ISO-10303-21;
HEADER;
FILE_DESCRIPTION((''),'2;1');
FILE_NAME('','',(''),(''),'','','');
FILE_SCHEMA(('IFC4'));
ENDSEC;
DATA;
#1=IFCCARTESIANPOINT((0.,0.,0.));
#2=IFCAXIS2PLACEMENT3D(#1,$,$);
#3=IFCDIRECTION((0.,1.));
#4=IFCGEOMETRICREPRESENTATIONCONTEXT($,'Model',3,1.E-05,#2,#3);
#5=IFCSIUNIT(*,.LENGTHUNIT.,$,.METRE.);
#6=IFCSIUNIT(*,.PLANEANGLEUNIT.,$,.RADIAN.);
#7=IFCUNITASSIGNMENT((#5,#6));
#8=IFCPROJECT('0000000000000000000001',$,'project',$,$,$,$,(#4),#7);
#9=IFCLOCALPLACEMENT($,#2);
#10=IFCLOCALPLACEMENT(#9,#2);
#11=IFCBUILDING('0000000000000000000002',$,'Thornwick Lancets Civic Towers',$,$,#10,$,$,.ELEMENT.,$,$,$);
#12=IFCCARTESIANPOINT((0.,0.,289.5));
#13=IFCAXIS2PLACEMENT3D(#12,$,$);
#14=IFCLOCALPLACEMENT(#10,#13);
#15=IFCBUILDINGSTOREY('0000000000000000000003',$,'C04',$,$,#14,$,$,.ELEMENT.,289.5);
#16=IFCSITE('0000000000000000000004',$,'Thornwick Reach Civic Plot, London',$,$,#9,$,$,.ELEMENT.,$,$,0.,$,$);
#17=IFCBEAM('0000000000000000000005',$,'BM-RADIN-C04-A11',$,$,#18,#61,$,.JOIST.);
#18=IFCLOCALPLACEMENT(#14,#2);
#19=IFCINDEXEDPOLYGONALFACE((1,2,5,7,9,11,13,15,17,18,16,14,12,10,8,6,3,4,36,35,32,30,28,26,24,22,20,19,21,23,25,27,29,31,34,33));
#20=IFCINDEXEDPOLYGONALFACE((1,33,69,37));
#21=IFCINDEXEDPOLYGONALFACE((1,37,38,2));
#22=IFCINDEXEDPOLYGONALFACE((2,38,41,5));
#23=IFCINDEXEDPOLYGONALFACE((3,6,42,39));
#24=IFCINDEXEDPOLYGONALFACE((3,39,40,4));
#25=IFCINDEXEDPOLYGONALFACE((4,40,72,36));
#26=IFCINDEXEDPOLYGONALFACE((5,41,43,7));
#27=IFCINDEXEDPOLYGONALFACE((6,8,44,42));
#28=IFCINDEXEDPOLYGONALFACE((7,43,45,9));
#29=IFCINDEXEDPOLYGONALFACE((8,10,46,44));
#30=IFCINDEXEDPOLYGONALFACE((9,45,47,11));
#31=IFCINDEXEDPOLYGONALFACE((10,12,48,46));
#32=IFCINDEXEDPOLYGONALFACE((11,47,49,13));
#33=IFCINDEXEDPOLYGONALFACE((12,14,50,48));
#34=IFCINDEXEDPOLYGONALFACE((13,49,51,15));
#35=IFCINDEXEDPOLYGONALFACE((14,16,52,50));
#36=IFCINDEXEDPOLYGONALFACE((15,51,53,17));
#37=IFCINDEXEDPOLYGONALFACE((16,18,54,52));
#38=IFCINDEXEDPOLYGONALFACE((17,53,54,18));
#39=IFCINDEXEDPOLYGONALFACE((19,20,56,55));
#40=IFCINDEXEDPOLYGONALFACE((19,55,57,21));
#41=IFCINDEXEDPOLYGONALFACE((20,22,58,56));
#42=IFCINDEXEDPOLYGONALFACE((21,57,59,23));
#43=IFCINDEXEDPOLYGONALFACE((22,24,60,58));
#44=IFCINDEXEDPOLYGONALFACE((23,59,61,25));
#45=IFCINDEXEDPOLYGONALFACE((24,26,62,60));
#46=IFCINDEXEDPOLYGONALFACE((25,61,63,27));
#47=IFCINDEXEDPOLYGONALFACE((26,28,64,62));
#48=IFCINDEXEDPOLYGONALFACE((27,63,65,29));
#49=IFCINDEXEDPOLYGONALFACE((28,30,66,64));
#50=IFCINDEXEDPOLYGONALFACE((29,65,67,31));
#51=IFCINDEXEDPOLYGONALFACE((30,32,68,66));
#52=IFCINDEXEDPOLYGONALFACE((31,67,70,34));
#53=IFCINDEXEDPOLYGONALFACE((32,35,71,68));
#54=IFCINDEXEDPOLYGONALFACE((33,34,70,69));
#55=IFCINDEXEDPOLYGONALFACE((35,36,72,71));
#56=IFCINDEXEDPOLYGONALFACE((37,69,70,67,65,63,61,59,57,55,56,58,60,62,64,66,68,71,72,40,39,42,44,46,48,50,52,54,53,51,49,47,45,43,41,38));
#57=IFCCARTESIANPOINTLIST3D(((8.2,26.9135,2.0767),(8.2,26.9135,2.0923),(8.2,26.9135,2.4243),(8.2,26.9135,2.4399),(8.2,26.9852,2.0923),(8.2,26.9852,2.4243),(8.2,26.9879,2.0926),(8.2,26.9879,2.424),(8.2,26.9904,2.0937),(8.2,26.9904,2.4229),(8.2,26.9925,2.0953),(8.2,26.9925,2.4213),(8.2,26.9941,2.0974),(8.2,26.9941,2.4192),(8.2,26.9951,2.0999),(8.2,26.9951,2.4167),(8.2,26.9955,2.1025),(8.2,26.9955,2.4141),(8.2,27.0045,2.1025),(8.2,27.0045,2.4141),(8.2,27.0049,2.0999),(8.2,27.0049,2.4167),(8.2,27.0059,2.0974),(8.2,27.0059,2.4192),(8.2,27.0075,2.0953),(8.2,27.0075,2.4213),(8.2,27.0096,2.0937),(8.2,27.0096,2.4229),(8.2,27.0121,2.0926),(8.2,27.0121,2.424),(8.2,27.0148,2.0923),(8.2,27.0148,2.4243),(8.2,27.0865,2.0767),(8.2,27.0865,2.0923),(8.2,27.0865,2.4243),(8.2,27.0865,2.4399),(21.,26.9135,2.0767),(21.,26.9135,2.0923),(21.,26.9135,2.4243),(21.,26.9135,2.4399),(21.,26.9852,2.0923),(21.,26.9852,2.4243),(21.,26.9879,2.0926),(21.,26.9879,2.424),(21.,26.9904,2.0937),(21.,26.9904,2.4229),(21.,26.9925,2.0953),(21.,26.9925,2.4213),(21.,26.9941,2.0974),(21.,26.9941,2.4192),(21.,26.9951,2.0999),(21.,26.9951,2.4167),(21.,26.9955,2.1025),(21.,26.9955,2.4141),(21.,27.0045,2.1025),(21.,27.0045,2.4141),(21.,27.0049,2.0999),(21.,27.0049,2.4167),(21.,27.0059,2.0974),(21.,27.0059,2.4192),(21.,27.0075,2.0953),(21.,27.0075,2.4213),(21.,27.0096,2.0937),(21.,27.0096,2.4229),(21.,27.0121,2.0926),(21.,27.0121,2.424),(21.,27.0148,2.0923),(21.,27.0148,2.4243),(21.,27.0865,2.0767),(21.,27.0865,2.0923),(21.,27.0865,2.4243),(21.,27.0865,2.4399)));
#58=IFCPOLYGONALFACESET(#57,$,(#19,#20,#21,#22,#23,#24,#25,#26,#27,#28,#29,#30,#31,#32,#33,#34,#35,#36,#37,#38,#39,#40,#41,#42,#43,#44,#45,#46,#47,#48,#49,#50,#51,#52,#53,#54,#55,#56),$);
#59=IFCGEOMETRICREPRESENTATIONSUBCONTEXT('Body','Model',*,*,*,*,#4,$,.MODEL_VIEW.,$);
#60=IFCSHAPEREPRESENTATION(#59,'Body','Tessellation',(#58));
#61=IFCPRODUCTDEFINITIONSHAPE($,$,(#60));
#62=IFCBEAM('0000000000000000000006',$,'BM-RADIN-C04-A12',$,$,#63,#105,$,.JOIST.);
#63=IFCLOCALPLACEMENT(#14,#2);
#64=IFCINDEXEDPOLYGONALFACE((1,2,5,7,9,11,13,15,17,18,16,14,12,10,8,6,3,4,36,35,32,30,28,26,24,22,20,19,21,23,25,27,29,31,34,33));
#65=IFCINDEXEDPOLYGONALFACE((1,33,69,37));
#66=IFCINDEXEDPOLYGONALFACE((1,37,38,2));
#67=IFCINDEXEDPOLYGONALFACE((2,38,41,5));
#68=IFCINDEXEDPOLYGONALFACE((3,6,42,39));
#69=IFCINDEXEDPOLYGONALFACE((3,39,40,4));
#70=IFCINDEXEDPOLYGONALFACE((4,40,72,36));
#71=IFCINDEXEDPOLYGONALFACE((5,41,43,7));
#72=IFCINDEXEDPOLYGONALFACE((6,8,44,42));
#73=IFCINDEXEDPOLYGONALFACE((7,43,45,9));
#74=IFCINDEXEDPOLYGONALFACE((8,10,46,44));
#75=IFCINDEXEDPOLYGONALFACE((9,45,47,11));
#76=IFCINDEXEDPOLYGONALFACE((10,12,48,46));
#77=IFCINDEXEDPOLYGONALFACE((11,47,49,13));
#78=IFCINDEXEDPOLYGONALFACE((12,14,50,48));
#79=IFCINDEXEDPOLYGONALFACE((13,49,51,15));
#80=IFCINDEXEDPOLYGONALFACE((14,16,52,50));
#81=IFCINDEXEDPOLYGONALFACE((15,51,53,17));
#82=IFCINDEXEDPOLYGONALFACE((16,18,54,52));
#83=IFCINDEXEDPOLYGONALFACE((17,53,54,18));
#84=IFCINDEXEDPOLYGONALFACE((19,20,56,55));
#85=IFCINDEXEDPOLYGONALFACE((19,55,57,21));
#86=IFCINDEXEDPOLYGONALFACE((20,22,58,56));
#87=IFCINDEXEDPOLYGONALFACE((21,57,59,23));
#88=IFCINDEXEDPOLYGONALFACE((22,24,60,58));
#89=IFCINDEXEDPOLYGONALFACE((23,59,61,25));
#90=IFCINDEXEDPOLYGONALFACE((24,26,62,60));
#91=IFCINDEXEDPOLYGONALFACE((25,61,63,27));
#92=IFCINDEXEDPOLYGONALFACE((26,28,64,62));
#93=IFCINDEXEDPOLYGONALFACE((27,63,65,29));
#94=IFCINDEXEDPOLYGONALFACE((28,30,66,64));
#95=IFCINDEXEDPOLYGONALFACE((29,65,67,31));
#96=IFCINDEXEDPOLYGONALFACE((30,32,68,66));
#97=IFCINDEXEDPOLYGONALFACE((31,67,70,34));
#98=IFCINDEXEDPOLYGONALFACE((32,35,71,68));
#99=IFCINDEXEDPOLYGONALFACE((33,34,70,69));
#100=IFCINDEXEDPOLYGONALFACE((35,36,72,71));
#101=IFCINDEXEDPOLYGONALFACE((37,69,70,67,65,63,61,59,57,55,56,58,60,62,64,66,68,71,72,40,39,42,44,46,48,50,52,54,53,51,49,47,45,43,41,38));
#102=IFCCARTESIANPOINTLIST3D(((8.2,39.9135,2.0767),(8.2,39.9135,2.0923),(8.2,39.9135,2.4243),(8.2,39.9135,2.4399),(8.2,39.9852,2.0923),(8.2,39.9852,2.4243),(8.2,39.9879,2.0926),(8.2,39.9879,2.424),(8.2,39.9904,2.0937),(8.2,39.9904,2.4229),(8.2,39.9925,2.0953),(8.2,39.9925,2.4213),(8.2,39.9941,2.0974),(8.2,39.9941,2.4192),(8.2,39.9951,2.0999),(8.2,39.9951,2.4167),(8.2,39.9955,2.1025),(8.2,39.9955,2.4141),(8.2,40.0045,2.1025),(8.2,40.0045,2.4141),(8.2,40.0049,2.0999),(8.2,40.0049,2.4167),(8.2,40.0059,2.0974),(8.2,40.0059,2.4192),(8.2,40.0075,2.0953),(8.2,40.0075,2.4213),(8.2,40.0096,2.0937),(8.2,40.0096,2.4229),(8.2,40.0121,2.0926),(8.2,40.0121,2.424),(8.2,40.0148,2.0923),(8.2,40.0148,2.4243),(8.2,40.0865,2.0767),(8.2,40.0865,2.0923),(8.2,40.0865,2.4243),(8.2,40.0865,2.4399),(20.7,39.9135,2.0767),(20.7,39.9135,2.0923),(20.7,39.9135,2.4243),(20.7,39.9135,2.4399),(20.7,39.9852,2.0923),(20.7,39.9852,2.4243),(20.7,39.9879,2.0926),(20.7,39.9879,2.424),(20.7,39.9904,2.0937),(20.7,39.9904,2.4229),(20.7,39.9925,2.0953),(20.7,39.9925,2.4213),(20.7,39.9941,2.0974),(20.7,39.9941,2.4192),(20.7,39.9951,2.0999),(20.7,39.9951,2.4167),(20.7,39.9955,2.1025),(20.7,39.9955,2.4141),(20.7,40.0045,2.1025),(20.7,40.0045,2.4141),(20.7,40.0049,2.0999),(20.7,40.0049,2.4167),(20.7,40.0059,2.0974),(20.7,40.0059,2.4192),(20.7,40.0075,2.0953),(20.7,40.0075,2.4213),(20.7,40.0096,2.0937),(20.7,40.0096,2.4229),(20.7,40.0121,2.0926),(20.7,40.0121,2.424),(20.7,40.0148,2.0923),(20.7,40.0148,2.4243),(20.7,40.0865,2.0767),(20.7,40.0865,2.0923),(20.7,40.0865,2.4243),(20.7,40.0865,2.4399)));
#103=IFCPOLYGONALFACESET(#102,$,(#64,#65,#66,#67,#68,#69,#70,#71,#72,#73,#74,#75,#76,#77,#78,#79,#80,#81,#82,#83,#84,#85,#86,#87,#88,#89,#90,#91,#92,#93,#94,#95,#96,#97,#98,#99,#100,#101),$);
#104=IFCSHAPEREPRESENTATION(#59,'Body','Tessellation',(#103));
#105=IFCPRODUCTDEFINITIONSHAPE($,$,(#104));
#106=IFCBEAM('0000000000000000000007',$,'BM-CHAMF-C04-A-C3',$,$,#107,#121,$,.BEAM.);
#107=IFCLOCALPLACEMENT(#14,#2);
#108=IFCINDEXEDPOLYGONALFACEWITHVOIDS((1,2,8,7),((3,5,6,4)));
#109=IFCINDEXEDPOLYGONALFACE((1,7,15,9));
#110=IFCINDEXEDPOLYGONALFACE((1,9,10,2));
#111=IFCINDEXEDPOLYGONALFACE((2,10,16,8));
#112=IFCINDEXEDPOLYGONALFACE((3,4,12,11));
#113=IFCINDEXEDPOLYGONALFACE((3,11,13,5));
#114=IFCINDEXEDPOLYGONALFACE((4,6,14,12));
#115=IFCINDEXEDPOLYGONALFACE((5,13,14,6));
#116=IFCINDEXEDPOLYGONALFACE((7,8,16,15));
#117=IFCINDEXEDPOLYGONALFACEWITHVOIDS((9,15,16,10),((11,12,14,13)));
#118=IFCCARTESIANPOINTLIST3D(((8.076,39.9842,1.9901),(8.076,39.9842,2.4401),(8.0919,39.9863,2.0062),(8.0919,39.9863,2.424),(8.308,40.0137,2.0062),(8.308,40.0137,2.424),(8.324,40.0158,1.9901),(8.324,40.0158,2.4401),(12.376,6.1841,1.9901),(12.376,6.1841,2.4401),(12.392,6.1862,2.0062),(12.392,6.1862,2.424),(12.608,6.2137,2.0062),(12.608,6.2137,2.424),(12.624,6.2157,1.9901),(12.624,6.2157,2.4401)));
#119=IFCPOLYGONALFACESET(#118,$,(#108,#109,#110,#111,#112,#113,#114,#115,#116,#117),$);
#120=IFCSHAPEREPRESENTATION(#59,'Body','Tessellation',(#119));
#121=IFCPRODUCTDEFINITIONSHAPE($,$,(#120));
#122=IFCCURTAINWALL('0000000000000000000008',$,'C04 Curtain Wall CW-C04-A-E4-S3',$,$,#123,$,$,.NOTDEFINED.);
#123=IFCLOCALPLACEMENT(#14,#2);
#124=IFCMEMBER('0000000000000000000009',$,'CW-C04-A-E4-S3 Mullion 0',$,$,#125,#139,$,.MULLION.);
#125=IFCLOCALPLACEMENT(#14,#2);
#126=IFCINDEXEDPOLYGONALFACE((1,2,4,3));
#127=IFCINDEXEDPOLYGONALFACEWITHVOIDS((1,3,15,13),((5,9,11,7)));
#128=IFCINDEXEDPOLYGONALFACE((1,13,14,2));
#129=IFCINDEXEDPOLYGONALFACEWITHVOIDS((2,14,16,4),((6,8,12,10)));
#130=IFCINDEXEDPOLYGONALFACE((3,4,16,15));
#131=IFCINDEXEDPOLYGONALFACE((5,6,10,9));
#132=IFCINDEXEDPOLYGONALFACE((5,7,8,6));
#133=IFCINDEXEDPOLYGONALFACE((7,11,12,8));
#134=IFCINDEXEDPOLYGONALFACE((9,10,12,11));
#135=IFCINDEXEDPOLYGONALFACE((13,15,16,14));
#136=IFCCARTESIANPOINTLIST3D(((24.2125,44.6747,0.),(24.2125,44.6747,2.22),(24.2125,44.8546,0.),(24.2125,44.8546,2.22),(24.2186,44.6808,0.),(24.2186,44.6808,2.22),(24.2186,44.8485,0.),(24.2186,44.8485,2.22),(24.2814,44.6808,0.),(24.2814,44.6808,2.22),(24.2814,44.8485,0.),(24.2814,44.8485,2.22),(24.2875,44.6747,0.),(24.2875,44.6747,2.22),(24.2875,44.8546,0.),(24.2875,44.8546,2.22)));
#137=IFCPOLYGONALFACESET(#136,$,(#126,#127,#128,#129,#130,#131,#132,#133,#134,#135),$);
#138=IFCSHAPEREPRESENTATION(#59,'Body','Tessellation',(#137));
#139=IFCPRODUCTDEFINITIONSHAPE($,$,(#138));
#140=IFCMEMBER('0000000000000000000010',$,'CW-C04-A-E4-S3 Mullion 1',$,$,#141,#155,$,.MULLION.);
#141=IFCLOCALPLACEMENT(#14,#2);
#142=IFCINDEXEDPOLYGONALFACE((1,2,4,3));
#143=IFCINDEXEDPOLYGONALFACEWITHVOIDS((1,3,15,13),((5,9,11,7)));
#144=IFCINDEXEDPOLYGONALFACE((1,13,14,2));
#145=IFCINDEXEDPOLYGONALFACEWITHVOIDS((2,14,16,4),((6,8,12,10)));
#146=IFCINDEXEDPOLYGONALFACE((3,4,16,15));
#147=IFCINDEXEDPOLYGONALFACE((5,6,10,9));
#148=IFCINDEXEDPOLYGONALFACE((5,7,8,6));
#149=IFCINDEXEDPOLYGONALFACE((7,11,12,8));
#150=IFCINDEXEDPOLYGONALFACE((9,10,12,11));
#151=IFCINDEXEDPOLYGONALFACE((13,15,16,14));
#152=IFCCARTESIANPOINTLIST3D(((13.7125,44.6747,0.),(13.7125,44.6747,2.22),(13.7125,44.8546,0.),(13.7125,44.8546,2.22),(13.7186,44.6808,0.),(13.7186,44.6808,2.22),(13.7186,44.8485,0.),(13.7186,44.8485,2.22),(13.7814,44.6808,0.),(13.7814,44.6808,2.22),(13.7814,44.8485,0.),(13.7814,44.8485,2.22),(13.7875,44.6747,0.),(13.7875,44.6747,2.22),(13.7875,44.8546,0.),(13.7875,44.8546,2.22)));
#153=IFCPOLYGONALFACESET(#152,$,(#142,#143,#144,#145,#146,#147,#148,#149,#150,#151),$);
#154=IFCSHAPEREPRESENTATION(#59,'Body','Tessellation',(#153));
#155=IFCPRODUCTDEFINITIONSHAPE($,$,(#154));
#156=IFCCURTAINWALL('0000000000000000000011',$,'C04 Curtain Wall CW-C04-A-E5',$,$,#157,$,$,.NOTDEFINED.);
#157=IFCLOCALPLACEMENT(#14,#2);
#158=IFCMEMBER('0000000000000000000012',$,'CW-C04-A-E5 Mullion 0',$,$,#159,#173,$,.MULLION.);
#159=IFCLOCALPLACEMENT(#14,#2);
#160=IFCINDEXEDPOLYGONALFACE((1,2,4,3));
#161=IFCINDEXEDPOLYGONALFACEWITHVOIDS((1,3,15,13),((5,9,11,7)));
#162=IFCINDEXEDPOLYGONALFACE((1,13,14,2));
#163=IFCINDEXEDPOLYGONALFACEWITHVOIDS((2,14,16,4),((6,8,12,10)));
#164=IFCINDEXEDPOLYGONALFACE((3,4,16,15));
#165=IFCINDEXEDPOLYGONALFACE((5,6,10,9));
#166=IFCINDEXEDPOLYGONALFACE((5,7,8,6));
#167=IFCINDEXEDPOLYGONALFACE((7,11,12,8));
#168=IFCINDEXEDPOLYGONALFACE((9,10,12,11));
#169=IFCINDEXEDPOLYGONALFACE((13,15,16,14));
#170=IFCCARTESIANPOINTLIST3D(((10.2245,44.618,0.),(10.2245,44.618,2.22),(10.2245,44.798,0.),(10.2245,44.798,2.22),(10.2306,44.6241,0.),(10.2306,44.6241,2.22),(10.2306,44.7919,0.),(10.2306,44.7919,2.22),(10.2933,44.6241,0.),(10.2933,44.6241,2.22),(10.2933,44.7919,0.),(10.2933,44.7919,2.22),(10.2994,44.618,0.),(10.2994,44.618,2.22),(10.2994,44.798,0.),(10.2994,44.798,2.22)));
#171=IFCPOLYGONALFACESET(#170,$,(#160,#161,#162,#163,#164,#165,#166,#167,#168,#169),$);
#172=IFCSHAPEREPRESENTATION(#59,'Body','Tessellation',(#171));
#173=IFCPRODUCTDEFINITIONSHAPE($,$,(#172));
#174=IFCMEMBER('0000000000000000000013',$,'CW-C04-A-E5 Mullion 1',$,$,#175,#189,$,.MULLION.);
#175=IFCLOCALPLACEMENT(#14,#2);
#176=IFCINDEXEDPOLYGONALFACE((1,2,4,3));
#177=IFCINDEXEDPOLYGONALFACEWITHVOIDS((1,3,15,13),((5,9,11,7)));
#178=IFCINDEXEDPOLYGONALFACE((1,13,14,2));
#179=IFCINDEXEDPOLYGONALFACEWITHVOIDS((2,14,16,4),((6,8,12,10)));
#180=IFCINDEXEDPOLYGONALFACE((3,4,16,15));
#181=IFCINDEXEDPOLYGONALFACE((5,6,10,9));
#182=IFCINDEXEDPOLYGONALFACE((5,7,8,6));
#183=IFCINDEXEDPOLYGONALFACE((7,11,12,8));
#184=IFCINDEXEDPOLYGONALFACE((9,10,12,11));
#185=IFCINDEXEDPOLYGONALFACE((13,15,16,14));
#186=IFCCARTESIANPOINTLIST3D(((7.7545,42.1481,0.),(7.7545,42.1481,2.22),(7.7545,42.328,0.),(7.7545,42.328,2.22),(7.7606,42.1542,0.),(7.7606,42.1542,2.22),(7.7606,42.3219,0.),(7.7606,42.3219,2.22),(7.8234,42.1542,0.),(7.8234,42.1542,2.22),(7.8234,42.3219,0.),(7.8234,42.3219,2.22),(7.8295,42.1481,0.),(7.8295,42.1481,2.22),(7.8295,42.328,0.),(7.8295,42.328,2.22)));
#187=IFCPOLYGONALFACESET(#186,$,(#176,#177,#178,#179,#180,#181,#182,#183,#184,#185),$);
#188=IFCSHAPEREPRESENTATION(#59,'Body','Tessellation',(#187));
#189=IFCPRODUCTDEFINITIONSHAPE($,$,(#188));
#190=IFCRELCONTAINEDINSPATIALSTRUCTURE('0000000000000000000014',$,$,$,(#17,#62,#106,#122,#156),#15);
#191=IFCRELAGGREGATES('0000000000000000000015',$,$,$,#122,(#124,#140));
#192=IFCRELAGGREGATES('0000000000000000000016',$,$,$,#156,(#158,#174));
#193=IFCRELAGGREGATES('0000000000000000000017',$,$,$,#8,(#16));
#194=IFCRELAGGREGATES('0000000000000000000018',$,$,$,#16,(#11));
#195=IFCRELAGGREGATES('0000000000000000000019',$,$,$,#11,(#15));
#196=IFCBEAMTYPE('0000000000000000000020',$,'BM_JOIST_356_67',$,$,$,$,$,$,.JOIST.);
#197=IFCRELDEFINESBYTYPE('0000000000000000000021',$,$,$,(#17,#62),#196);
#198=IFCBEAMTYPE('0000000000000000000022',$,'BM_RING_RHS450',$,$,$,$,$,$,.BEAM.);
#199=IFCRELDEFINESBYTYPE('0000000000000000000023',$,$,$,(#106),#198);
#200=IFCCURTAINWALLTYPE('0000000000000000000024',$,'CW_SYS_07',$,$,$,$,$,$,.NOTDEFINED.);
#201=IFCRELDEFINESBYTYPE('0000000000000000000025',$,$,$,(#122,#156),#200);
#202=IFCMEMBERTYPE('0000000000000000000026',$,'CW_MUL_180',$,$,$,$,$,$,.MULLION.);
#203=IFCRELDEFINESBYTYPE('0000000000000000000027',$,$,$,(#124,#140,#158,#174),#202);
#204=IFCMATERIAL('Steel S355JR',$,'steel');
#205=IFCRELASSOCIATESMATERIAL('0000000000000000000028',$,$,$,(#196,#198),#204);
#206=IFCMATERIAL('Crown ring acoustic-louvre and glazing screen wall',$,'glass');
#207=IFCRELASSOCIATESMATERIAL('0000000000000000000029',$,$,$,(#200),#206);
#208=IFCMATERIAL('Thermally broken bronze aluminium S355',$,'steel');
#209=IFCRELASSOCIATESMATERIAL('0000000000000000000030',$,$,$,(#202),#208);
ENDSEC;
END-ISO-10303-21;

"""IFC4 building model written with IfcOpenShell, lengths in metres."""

from ifc_helpers import new_model, si_unit, direction, frame, origin, origin_2d, place, context, subcontext, project, spatial, hollow_rectangle, i_section, extrude, material, material_profile, profile_set, type_object, element, aggregate, save


model = new_model("IFC4")

# Units and contexts
model_context = context("Model", 3, precision=1e-05, world=origin(), true_north=direction((0.0, 1.0)))
body_context = subcontext(model_context, "Body", "Model", "MODEL_VIEW")
ifc_project = project(units=[si_unit("LENGTHUNIT", "METRE"), si_unit("PLANEANGLEUNIT", "RADIAN")], contexts=[model_context])

# Site, building, storey
site_placement = place(None, origin())
site = spatial("IfcSite", under=ifc_project, at=site_placement, Name="Thornwick Reach Civic Plot, London", CompositionType="ELEMENT", RefElevation=0.0)
building_placement = place(site_placement, origin())
building = spatial("IfcBuilding", under=site, at=building_placement, Name="Thornwick Lancets Civic Towers", CompositionType="ELEMENT")
storey_placement = place(building_placement, frame((0.0, 0.0, 289.5)))
storey = spatial("IfcBuildingStorey", under=building, at=storey_placement, Name="C04", CompositionType="ELEMENT", Elevation=289.5)

# Shared definitions
ifc_material_1 = material(Name="Steel S355JR", Category="steel")

# Beams
ifc_material_profile_1 = material_profile(ifc_material_1, i_section(OverallWidth=0.1731, OverallDepth=0.3633, WebThickness=0.009, FlangeThickness=0.0156, FilletRadius=0.0103, at=origin_2d()), Name="UKB 356x171x67")
ifc_profile_set_1 = profile_set([ifc_material_profile_1], Name="Steel S355JR")
beam_type_1 = type_object("IfcBeamType", Name="BM_JOIST_356_67", PredefinedType="JOIST", material=ifc_profile_set_1)
beam_1_placement = place(storey_placement, frame((21.0, 27.0, 2.2583), z_axis=(-1.0, 0.0, 0.0), x_axis=(0.0, -1.0, 0.0)))
element("IfcBeam", 1, at=beam_1_placement, inside=storey, type_object=beam_type_1, Name="BM-RADIN-C04-A11", PredefinedType="JOIST", context=body_context, shape_type="SweptSolid", body=[
    extrude(i_section(OverallWidth=0.1731, OverallDepth=0.3633, WebThickness=0.009, FlangeThickness=0.0156, FilletRadius=0.0103, at=origin_2d()), origin(), (0.0, 0.0, 1.0), 12.8),
])
beam_2_placement = place(storey_placement, frame((20.7, 40.0, 2.2583), z_axis=(-1.0, 0.0, 0.0), x_axis=(0.0, -1.0, 0.0)))
element("IfcBeam", 2, at=beam_2_placement, inside=storey, type_object=beam_type_1, Name="BM-RADIN-C04-A12", PredefinedType="JOIST", context=body_context, shape_type="SweptSolid", body=[
    extrude(i_section(OverallWidth=0.1731, OverallDepth=0.3633, WebThickness=0.009, FlangeThickness=0.0156, FilletRadius=0.0103, at=origin_2d()), origin(), (0.0, 0.0, 1.0), 12.5),
])
ifc_material_profile_2 = material_profile(ifc_material_1, hollow_rectangle(XDim=0.25, YDim=0.45, WallThickness=0.0161, at=origin_2d()), Name="RHS 450x250x16")
ifc_profile_set_2 = profile_set([ifc_material_profile_2], Name="Steel S355JR")
beam_type_2 = type_object("IfcBeamType", Name="BM_RING_RHS450", PredefinedType="BEAM", material=ifc_profile_set_2)
beam_3_placement = place(storey_placement, frame((8.2, 40.0, 2.2151), z_axis=(0.126203, -0.992004, 0.0), x_axis=(0.992004, 0.126203, 0.0)))
element("IfcBeam", 3, at=beam_3_placement, inside=storey, type_object=beam_type_2, Name="BM-CHAMF-C04-A-C3", PredefinedType="BEAM", context=body_context, shape_type="SweptSolid", body=[
    extrude(hollow_rectangle(XDim=0.25, YDim=0.45, WallThickness=0.0161, at=origin_2d()), origin(), (0.0, 0.0, 1.0), 34.0725),
])

# Curtain walls, members
ifc_material_2 = material(Name="Crown ring acoustic-louvre and glazing screen wall", Category="glass")
curtain_wall_type = type_object("IfcCurtainWallType", Name="CW_SYS_07", PredefinedType="NOTDEFINED", material=ifc_material_2)
curtain_wall_1_placement = place(storey_placement, origin())
curtain_wall_1 = element("IfcCurtainWall", 4, at=curtain_wall_1_placement, inside=storey, type_object=curtain_wall_type, Name="C04 Curtain Wall CW-C04-A-E4-S3", PredefinedType="NOTDEFINED")
ifc_material_3 = material(Name="Thermally broken bronze aluminium S355", Category="steel")
ifc_material_profile_3 = material_profile(ifc_material_3, hollow_rectangle(XDim=0.075, YDim=0.1799, WallThickness=0.0061, at=origin_2d()), Name="RHS 180x75x6")
ifc_profile_set_3 = profile_set([ifc_material_profile_3], Name="Thermally broken bronze aluminium S355")
member_type_1 = type_object("IfcMemberType", Name="CW_MUL_180", PredefinedType="MULLION", material=ifc_profile_set_3)
member_1_placement = place(storey_placement, frame((24.25, 44.7646, 0.0), z_axis=(0.0, 0.0, 1.0), x_axis=(1.0, 0.0, 0.0)))
member_1 = element("IfcMember", 5, at=member_1_placement, type_object=member_type_1, Name="CW-C04-A-E4-S3 Mullion 0", PredefinedType="MULLION", context=body_context, shape_type="SweptSolid", body=[
    extrude(hollow_rectangle(XDim=0.075, YDim=0.1799, WallThickness=0.0061, at=origin_2d()), origin(), (0.0, 0.0, 1.0), 2.22),
])
member_2_placement = place(storey_placement, frame((13.75, 44.7646, 0.0), z_axis=(0.0, 0.0, 1.0), x_axis=(1.0, 0.0, 0.0)))
member_2 = element("IfcMember", 6, at=member_2_placement, type_object=member_type_1, Name="CW-C04-A-E4-S3 Mullion 1", PredefinedType="MULLION", context=body_context, shape_type="SweptSolid", body=[
    extrude(hollow_rectangle(XDim=0.075, YDim=0.1799, WallThickness=0.0061, at=origin_2d()), origin(), (0.0, 0.0, 1.0), 2.22),
])
curtain_wall_2_placement = place(storey_placement, origin())
curtain_wall_2 = element("IfcCurtainWall", 7, at=curtain_wall_2_placement, inside=storey, type_object=curtain_wall_type, Name="C04 Curtain Wall CW-C04-A-E5", PredefinedType="NOTDEFINED")
member_3_placement = place(storey_placement, frame((10.262, 44.708, 0.0), z_axis=(0.0, 0.0, 1.0), x_axis=(1.0, 0.0, 0.0)))
member_3 = element("IfcMember", 8, at=member_3_placement, type_object=member_type_1, Name="CW-C04-A-E5 Mullion 0", PredefinedType="MULLION", context=body_context, shape_type="SweptSolid", body=[
    extrude(hollow_rectangle(XDim=0.075, YDim=0.1799, WallThickness=0.0061, at=origin_2d()), origin(), (0.0, 0.0, 1.0), 2.22),
])
member_4_placement = place(storey_placement, frame((7.792, 42.238, 0.0), z_axis=(0.0, 0.0, 1.0), x_axis=(1.0, 0.0, 0.0)))
member_4 = element("IfcMember", 9, at=member_4_placement, type_object=member_type_1, Name="CW-C04-A-E5 Mullion 1", PredefinedType="MULLION", context=body_context, shape_type="SweptSolid", body=[
    extrude(hollow_rectangle(XDim=0.075, YDim=0.1799, WallThickness=0.0061, at=origin_2d()), origin(), (0.0, 0.0, 1.0), 2.22),
])

aggregate(curtain_wall_1, [member_1, member_2])
aggregate(curtain_wall_2, [member_3, member_4])

save(model, "model.ifc")
